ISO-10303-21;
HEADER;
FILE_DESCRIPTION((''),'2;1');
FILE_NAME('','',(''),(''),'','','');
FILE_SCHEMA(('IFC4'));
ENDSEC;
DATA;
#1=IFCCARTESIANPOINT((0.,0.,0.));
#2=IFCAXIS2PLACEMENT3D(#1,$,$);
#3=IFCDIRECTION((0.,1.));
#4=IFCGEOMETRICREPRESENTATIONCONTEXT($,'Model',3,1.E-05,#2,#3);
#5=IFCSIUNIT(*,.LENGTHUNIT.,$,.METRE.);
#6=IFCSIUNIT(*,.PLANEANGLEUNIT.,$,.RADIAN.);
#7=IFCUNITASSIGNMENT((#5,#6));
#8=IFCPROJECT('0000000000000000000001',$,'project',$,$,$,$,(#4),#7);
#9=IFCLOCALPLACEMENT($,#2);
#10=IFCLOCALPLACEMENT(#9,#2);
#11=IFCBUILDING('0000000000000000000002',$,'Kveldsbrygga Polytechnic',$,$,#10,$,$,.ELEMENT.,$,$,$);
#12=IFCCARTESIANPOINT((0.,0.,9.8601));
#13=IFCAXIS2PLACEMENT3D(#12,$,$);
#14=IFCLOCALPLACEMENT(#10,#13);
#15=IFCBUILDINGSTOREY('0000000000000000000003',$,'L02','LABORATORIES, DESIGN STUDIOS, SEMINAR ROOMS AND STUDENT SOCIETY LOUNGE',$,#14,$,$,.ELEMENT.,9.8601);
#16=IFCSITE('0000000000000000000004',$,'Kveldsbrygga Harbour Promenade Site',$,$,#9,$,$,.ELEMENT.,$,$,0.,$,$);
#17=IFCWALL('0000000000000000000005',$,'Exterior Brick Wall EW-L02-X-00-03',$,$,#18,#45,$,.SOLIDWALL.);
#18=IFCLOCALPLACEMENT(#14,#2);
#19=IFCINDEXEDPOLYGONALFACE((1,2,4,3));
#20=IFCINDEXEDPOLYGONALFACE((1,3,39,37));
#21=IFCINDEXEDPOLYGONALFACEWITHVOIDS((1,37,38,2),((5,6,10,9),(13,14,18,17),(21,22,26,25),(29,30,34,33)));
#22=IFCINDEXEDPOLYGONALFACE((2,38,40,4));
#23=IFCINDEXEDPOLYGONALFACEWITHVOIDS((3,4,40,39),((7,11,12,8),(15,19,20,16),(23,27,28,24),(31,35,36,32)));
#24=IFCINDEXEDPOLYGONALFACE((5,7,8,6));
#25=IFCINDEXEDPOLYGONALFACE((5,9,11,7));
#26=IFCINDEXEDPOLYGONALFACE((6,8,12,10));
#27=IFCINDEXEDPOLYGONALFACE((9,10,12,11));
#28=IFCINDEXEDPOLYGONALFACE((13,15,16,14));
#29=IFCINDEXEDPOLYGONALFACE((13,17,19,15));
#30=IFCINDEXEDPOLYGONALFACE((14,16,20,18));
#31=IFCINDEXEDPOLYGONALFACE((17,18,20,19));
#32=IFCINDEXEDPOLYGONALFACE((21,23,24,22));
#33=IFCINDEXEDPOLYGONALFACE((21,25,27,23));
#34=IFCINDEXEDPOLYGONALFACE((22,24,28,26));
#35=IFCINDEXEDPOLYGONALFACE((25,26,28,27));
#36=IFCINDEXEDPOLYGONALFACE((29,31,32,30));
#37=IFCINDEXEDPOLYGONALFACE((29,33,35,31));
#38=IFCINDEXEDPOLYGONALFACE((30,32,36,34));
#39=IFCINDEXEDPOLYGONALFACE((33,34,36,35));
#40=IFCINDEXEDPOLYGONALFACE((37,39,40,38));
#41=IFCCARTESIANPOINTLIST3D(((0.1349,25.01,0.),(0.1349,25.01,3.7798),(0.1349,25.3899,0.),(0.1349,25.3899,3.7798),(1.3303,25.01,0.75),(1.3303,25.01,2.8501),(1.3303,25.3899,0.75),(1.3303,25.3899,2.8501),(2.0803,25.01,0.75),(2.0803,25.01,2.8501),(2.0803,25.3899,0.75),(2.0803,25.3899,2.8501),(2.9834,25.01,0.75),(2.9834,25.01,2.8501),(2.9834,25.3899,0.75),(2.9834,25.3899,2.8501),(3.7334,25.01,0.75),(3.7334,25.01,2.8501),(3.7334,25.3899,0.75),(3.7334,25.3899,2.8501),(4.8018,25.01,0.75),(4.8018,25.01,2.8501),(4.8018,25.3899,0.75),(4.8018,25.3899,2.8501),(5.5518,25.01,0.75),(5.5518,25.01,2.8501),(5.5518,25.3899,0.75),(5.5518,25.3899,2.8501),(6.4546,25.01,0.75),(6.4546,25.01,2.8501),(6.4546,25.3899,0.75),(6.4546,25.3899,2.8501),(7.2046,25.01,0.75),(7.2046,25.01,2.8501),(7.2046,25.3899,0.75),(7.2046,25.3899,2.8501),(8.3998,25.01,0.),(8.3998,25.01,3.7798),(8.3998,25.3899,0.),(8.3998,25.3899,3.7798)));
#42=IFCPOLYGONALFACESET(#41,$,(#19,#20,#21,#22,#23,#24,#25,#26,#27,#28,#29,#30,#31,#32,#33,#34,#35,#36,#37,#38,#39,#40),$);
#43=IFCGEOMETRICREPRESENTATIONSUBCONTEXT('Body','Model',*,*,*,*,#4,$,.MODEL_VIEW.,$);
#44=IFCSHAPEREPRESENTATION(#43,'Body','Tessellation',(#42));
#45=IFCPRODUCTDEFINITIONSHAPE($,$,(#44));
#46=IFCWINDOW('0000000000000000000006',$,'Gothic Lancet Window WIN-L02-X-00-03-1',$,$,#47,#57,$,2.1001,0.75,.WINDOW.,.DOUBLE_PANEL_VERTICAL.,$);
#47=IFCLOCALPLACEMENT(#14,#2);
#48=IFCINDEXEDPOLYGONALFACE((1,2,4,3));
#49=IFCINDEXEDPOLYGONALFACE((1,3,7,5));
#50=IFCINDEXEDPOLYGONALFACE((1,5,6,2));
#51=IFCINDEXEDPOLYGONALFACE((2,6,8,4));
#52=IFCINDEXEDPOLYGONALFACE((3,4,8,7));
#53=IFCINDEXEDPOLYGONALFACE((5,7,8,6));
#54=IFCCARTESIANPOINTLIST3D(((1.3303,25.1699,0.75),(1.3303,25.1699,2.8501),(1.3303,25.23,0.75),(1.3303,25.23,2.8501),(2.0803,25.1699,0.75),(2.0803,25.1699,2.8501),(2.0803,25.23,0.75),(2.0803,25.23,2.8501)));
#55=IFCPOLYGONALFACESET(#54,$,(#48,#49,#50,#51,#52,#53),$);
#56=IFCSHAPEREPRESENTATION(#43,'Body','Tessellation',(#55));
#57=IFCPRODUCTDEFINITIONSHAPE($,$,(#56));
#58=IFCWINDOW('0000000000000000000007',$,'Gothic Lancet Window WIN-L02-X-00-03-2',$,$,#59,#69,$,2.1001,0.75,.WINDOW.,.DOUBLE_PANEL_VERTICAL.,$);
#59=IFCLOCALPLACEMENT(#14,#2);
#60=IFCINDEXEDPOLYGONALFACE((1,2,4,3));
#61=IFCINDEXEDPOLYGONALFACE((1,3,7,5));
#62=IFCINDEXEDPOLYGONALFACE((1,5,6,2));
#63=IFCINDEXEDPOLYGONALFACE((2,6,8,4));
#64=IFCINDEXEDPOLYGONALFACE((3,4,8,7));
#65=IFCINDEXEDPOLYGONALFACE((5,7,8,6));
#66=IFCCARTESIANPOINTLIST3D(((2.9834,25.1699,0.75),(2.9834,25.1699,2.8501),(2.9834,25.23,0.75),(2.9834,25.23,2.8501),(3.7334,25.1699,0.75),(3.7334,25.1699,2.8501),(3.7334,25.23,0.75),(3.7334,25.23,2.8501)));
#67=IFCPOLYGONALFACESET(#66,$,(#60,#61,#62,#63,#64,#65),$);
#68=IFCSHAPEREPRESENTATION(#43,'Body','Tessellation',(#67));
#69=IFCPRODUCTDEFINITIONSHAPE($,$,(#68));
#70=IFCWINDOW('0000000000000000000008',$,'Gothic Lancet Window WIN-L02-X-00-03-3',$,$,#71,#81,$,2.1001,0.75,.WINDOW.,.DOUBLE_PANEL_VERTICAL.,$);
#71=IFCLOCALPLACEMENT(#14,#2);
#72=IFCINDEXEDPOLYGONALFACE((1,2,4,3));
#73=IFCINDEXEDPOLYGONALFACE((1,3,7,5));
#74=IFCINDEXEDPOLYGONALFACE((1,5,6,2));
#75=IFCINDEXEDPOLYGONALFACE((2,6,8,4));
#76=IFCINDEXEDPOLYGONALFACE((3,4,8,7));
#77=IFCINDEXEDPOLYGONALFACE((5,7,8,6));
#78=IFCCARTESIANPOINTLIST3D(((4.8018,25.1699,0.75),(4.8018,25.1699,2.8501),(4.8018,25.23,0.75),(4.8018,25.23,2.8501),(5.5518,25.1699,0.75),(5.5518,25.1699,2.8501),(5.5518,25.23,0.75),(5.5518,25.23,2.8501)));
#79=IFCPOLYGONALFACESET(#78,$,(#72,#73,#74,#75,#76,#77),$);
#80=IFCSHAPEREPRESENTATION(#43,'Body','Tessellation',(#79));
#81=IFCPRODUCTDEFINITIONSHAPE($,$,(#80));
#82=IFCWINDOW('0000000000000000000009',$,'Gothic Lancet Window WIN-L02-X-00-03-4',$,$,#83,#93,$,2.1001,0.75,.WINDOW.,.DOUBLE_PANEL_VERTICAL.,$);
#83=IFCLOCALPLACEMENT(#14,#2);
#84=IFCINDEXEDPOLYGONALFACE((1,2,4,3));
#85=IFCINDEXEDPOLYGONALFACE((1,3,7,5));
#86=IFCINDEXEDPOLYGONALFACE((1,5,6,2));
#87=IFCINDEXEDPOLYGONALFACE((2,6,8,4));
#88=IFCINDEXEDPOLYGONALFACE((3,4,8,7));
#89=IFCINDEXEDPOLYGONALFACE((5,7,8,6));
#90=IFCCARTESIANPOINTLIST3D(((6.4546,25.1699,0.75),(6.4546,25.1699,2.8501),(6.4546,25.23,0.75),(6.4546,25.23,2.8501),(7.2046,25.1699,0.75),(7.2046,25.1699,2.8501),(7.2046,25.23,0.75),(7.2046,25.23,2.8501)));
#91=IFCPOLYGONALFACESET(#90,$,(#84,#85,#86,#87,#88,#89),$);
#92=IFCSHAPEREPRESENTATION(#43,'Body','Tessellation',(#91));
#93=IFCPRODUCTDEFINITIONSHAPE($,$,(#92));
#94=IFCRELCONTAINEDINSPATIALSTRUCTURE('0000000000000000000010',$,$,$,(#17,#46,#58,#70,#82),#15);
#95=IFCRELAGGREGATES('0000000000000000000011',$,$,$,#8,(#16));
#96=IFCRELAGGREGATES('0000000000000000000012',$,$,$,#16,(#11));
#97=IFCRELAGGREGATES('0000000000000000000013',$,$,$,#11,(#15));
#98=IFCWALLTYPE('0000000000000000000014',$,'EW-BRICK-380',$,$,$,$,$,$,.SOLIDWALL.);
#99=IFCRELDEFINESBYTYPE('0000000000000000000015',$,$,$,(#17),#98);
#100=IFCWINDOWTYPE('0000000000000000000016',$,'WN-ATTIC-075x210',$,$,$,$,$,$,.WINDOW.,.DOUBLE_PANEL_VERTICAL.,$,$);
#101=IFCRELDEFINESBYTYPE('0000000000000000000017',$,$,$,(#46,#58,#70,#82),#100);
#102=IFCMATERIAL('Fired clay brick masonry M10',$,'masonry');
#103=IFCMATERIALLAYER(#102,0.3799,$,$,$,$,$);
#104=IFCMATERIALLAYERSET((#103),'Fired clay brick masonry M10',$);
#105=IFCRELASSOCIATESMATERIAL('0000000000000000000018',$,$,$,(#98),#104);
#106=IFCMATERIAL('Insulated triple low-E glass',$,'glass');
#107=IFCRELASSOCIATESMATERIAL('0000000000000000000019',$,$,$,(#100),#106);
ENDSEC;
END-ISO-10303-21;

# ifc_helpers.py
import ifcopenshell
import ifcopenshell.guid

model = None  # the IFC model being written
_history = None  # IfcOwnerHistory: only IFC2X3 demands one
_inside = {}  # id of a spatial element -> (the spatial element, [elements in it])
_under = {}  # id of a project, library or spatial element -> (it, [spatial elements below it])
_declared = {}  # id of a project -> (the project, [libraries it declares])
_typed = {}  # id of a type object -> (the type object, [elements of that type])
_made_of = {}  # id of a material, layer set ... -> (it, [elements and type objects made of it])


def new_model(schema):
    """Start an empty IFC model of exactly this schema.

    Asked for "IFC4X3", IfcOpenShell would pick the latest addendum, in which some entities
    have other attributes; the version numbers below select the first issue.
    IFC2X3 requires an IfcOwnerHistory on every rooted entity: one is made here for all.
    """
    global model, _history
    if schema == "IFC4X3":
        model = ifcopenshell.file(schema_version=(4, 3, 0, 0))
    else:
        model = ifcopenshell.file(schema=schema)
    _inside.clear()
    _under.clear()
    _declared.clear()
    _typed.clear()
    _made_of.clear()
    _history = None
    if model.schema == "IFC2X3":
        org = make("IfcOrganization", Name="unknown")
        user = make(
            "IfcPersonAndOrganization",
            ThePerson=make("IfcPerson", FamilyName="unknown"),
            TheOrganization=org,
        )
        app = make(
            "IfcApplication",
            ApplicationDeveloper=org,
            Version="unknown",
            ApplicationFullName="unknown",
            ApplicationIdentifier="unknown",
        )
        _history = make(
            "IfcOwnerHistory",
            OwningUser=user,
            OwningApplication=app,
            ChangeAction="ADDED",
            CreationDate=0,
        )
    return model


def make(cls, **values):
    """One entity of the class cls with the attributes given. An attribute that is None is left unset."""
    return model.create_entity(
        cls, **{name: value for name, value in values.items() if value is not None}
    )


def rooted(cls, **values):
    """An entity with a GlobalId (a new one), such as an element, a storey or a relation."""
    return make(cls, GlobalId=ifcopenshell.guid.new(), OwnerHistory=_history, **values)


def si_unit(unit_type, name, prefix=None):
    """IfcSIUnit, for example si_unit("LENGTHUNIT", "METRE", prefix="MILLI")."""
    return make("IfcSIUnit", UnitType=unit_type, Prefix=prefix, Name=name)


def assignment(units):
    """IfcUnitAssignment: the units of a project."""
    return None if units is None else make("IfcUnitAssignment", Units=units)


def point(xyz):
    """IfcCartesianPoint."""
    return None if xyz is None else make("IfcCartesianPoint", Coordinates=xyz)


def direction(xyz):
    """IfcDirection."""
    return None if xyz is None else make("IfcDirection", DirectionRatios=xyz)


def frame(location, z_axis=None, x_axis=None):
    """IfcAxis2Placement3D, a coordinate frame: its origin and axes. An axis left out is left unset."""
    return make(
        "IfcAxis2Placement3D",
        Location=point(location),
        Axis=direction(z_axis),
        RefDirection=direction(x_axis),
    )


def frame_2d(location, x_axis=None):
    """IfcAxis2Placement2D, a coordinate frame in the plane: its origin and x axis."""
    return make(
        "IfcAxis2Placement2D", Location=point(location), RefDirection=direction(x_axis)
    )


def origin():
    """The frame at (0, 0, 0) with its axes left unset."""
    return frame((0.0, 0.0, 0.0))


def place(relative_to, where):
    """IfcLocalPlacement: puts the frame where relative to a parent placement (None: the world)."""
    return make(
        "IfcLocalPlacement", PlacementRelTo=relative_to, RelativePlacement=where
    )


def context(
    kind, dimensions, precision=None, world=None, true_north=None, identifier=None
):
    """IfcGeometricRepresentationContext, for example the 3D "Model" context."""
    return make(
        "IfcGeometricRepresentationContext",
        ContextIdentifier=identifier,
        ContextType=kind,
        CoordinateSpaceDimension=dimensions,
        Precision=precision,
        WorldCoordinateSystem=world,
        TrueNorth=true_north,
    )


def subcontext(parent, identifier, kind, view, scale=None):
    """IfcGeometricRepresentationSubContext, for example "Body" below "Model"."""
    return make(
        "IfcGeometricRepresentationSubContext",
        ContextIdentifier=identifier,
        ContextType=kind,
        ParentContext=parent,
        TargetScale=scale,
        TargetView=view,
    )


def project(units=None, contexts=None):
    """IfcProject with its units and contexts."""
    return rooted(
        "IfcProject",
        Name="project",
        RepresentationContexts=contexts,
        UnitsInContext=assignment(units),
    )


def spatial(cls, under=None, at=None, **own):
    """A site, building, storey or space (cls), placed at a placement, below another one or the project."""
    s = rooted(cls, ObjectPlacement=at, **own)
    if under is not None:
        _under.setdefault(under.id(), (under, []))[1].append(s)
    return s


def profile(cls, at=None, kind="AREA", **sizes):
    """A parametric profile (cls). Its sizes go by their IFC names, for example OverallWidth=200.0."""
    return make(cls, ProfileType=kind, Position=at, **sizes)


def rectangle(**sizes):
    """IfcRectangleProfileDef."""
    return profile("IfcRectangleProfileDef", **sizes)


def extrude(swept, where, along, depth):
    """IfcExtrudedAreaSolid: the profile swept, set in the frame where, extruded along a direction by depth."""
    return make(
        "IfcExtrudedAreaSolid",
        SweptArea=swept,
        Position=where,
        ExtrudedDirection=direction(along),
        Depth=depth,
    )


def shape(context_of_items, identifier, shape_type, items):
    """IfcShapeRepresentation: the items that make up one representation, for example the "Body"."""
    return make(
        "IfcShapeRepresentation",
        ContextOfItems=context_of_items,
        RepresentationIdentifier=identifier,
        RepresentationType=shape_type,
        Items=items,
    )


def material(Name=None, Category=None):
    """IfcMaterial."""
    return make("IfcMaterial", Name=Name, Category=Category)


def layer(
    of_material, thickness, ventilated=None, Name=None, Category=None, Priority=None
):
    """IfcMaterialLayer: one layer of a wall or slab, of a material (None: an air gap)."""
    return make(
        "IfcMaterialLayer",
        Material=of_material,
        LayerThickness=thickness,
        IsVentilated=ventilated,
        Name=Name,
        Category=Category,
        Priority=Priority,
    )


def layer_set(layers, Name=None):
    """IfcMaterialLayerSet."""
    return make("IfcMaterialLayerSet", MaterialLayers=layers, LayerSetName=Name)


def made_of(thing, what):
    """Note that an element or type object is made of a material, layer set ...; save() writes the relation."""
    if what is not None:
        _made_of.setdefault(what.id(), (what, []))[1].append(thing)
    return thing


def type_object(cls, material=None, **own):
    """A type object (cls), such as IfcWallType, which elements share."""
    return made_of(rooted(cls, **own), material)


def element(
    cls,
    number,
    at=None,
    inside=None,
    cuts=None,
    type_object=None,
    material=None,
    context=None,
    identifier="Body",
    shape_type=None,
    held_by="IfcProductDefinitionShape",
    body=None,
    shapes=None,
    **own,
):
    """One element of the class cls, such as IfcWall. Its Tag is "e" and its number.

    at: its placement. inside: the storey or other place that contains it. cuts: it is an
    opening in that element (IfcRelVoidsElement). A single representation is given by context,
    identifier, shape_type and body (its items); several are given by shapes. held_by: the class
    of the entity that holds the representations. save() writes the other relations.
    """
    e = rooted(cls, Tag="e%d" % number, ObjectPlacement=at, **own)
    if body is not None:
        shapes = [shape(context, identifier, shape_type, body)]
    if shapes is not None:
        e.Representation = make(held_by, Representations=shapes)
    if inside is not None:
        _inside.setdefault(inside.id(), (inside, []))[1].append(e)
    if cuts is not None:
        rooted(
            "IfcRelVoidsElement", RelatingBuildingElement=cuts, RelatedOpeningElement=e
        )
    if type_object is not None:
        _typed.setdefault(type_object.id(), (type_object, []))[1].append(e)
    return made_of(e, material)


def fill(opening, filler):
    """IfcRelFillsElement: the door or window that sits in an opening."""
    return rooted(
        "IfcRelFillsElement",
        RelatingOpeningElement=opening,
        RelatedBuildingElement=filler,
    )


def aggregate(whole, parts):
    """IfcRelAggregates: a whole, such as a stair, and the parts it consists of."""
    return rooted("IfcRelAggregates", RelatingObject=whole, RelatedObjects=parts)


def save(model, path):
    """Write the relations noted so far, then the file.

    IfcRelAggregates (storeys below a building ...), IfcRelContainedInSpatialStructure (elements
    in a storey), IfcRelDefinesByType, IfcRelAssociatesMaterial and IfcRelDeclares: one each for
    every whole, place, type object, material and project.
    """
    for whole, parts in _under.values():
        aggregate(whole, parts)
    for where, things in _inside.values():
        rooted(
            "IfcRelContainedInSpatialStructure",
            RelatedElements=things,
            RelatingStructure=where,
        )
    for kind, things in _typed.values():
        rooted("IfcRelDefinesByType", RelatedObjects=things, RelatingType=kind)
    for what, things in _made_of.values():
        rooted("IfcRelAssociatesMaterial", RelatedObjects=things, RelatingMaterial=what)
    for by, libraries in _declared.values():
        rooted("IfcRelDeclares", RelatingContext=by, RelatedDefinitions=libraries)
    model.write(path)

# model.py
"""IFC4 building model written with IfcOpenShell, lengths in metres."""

from ifc_helpers import new_model, si_unit, direction, frame, frame_2d, origin, place, context, subcontext, project, spatial, rectangle, extrude, material, layer, layer_set, type_object, element, fill, save


model = new_model("IFC4")

# Units and contexts
model_context = context("Model", 3, precision=1e-05, world=origin(), true_north=direction((0.0, 1.0)))
body_context = subcontext(model_context, "Body", "Model", "MODEL_VIEW")
ifc_project = project(units=[si_unit("LENGTHUNIT", "METRE"), si_unit("PLANEANGLEUNIT", "RADIAN")], contexts=[model_context])

# Site, building, storey
site_placement = place(None, origin())
site = spatial("IfcSite", under=ifc_project, at=site_placement, Name="Kveldsbrygga Harbour Promenade Site", CompositionType="ELEMENT", RefElevation=0.0)
building_placement = place(site_placement, origin())
building = spatial("IfcBuilding", under=site, at=building_placement, Name="Kveldsbrygga Polytechnic", CompositionType="ELEMENT")
storey_placement = place(building_placement, frame((0.0, 0.0, 9.8601)))
storey = spatial("IfcBuildingStorey", under=building, at=storey_placement, Name="L02", Description="LABORATORIES, DESIGN STUDIOS, SEMINAR ROOMS AND STUDENT SOCIETY LOUNGE", CompositionType="ELEMENT", Elevation=9.8601)

# Wall, openings, windows
ifc_material_1 = material(Name="Fired clay brick masonry M10", Category="masonry")
ifc_layer_1 = layer(ifc_material_1, 0.3799)
ifc_layer_set_1 = layer_set([ifc_layer_1], Name="Fired clay brick masonry M10")
wall_type = type_object("IfcWallType", Name="EW-BRICK-380", PredefinedType="SOLIDWALL", material=ifc_layer_set_1)
wall_placement = place(storey_placement, frame((0.135, 25.2, 0.0), z_axis=(0.0, 0.0, 1.0), x_axis=(1.0, 0.0, 0.0)))
wall = element("IfcWall", 1, at=wall_placement, inside=storey, type_object=wall_type, Name="Exterior Brick Wall EW-L02-X-00-03", PredefinedType="SOLIDWALL", context=body_context, shape_type="SweptSolid", body=[
    extrude(rectangle(XDim=8.2649, YDim=0.3799, at=frame_2d((4.1323, 0.0))), origin(), (0.0, 0.0, 1.0), 3.7798),
])
opening_1_placement = place(wall_placement, frame((1.1953, 0.0, 0.75)))
opening_1 = element("IfcOpeningElement", 2, at=opening_1_placement, cuts=wall, PredefinedType="OPENING", context=body_context, shape_type="SweptSolid", body=[
    extrude(rectangle(XDim=0.75, YDim=2.1001, at=frame_2d((0.375, 1.05))), frame((0.0, 0.2, 0.0), z_axis=(0.0, -1.0, 0.0), x_axis=(1.0, 0.0, 0.0)), (0.0, 0.0, 1.0), 0.3999),
])
opening_2_placement = place(wall_placement, frame((2.8484, 0.0, 0.75)))
opening_2 = element("IfcOpeningElement", 3, at=opening_2_placement, cuts=wall, PredefinedType="OPENING", context=body_context, shape_type="SweptSolid", body=[
    extrude(rectangle(XDim=0.75, YDim=2.1001, at=frame_2d((0.375, 1.05))), frame((0.0, 0.2, 0.0), z_axis=(0.0, -1.0, 0.0), x_axis=(1.0, 0.0, 0.0)), (0.0, 0.0, 1.0), 0.3999),
])
opening_3_placement = place(wall_placement, frame((4.6667, 0.0, 0.75)))
opening_3 = element("IfcOpeningElement", 4, at=opening_3_placement, cuts=wall, PredefinedType="OPENING", context=body_context, shape_type="SweptSolid", body=[
    extrude(rectangle(XDim=0.75, YDim=2.1001, at=frame_2d((0.375, 1.05))), frame((0.0, 0.2, 0.0), z_axis=(0.0, -1.0, 0.0), x_axis=(1.0, 0.0, 0.0)), (0.0, 0.0, 1.0), 0.3999),
])
opening_4_placement = place(wall_placement, frame((6.3196, 0.0, 0.75)))
opening_4 = element("IfcOpeningElement", 5, at=opening_4_placement, cuts=wall, PredefinedType="OPENING", context=body_context, shape_type="SweptSolid", body=[
    extrude(rectangle(XDim=0.75, YDim=2.1001, at=frame_2d((0.375, 1.05))), frame((0.0, 0.2, 0.0), z_axis=(0.0, -1.0, 0.0), x_axis=(1.0, 0.0, 0.0)), (0.0, 0.0, 1.0), 0.3999),
])
ifc_material_2 = material(Name="Insulated triple low-E glass", Category="glass")
window_type = type_object("IfcWindowType", Name="WN-ATTIC-075x210", PartitioningType="DOUBLE_PANEL_VERTICAL", PredefinedType="WINDOW", material=ifc_material_2)
window_1_placement = place(opening_1_placement, origin())
window_1 = element("IfcWindow", 6, at=window_1_placement, inside=storey, type_object=window_type, Name="Gothic Lancet Window WIN-L02-X-00-03-1", OverallHeight=2.1001, OverallWidth=0.75, PartitioningType="DOUBLE_PANEL_VERTICAL", PredefinedType="WINDOW", context=body_context, shape_type="SweptSolid", body=[
    extrude(rectangle(XDim=0.75, YDim=2.1001, at=frame_2d((0.375, 1.05))), frame((0.0, 0.03, 0.0), z_axis=(0.0, -1.0, 0.0), x_axis=(1.0, 0.0, 0.0)), (0.0, 0.0, 1.0), 0.0601),
])
fill(opening_1, window_1)
window_2_placement = place(opening_2_placement, origin())
window_2 = element("IfcWindow", 7, at=window_2_placement, inside=storey, type_object=window_type, Name="Gothic Lancet Window WIN-L02-X-00-03-2", OverallHeight=2.1001, OverallWidth=0.75, PartitioningType="DOUBLE_PANEL_VERTICAL", PredefinedType="WINDOW", context=body_context, shape_type="SweptSolid", body=[
    extrude(rectangle(XDim=0.75, YDim=2.1001, at=frame_2d((0.375, 1.05))), frame((0.0, 0.03, 0.0), z_axis=(0.0, -1.0, 0.0), x_axis=(1.0, 0.0, 0.0)), (0.0, 0.0, 1.0), 0.0601),
])
fill(opening_2, window_2)
window_3_placement = place(opening_3_placement, origin())
window_3 = element("IfcWindow", 8, at=window_3_placement, inside=storey, type_object=window_type, Name="Gothic Lancet Window WIN-L02-X-00-03-3", OverallHeight=2.1001, OverallWidth=0.75, PartitioningType="DOUBLE_PANEL_VERTICAL", PredefinedType="WINDOW", context=body_context, shape_type="SweptSolid", body=[
    extrude(rectangle(XDim=0.75, YDim=2.1001, at=frame_2d((0.375, 1.05))), frame((0.0, 0.03, 0.0), z_axis=(0.0, -1.0, 0.0), x_axis=(1.0, 0.0, 0.0)), (0.0, 0.0, 1.0), 0.0601),
])
fill(opening_3, window_3)
window_4_placement = place(opening_4_placement, origin())
window_4 = element("IfcWindow", 9, at=window_4_placement, inside=storey, type_object=window_type, Name="Gothic Lancet Window WIN-L02-X-00-03-4", OverallHeight=2.1001, OverallWidth=0.75, PartitioningType="DOUBLE_PANEL_VERTICAL", PredefinedType="WINDOW", context=body_context, shape_type="SweptSolid", body=[
    extrude(rectangle(XDim=0.75, YDim=2.1001, at=frame_2d((0.375, 1.05))), frame((0.0, 0.03, 0.0), z_axis=(0.0, -1.0, 0.0), x_axis=(1.0, 0.0, 0.0)), (0.0, 0.0, 1.0), 0.0601),
])
fill(opening_4, window_4)

save(model, "model.ifc")
